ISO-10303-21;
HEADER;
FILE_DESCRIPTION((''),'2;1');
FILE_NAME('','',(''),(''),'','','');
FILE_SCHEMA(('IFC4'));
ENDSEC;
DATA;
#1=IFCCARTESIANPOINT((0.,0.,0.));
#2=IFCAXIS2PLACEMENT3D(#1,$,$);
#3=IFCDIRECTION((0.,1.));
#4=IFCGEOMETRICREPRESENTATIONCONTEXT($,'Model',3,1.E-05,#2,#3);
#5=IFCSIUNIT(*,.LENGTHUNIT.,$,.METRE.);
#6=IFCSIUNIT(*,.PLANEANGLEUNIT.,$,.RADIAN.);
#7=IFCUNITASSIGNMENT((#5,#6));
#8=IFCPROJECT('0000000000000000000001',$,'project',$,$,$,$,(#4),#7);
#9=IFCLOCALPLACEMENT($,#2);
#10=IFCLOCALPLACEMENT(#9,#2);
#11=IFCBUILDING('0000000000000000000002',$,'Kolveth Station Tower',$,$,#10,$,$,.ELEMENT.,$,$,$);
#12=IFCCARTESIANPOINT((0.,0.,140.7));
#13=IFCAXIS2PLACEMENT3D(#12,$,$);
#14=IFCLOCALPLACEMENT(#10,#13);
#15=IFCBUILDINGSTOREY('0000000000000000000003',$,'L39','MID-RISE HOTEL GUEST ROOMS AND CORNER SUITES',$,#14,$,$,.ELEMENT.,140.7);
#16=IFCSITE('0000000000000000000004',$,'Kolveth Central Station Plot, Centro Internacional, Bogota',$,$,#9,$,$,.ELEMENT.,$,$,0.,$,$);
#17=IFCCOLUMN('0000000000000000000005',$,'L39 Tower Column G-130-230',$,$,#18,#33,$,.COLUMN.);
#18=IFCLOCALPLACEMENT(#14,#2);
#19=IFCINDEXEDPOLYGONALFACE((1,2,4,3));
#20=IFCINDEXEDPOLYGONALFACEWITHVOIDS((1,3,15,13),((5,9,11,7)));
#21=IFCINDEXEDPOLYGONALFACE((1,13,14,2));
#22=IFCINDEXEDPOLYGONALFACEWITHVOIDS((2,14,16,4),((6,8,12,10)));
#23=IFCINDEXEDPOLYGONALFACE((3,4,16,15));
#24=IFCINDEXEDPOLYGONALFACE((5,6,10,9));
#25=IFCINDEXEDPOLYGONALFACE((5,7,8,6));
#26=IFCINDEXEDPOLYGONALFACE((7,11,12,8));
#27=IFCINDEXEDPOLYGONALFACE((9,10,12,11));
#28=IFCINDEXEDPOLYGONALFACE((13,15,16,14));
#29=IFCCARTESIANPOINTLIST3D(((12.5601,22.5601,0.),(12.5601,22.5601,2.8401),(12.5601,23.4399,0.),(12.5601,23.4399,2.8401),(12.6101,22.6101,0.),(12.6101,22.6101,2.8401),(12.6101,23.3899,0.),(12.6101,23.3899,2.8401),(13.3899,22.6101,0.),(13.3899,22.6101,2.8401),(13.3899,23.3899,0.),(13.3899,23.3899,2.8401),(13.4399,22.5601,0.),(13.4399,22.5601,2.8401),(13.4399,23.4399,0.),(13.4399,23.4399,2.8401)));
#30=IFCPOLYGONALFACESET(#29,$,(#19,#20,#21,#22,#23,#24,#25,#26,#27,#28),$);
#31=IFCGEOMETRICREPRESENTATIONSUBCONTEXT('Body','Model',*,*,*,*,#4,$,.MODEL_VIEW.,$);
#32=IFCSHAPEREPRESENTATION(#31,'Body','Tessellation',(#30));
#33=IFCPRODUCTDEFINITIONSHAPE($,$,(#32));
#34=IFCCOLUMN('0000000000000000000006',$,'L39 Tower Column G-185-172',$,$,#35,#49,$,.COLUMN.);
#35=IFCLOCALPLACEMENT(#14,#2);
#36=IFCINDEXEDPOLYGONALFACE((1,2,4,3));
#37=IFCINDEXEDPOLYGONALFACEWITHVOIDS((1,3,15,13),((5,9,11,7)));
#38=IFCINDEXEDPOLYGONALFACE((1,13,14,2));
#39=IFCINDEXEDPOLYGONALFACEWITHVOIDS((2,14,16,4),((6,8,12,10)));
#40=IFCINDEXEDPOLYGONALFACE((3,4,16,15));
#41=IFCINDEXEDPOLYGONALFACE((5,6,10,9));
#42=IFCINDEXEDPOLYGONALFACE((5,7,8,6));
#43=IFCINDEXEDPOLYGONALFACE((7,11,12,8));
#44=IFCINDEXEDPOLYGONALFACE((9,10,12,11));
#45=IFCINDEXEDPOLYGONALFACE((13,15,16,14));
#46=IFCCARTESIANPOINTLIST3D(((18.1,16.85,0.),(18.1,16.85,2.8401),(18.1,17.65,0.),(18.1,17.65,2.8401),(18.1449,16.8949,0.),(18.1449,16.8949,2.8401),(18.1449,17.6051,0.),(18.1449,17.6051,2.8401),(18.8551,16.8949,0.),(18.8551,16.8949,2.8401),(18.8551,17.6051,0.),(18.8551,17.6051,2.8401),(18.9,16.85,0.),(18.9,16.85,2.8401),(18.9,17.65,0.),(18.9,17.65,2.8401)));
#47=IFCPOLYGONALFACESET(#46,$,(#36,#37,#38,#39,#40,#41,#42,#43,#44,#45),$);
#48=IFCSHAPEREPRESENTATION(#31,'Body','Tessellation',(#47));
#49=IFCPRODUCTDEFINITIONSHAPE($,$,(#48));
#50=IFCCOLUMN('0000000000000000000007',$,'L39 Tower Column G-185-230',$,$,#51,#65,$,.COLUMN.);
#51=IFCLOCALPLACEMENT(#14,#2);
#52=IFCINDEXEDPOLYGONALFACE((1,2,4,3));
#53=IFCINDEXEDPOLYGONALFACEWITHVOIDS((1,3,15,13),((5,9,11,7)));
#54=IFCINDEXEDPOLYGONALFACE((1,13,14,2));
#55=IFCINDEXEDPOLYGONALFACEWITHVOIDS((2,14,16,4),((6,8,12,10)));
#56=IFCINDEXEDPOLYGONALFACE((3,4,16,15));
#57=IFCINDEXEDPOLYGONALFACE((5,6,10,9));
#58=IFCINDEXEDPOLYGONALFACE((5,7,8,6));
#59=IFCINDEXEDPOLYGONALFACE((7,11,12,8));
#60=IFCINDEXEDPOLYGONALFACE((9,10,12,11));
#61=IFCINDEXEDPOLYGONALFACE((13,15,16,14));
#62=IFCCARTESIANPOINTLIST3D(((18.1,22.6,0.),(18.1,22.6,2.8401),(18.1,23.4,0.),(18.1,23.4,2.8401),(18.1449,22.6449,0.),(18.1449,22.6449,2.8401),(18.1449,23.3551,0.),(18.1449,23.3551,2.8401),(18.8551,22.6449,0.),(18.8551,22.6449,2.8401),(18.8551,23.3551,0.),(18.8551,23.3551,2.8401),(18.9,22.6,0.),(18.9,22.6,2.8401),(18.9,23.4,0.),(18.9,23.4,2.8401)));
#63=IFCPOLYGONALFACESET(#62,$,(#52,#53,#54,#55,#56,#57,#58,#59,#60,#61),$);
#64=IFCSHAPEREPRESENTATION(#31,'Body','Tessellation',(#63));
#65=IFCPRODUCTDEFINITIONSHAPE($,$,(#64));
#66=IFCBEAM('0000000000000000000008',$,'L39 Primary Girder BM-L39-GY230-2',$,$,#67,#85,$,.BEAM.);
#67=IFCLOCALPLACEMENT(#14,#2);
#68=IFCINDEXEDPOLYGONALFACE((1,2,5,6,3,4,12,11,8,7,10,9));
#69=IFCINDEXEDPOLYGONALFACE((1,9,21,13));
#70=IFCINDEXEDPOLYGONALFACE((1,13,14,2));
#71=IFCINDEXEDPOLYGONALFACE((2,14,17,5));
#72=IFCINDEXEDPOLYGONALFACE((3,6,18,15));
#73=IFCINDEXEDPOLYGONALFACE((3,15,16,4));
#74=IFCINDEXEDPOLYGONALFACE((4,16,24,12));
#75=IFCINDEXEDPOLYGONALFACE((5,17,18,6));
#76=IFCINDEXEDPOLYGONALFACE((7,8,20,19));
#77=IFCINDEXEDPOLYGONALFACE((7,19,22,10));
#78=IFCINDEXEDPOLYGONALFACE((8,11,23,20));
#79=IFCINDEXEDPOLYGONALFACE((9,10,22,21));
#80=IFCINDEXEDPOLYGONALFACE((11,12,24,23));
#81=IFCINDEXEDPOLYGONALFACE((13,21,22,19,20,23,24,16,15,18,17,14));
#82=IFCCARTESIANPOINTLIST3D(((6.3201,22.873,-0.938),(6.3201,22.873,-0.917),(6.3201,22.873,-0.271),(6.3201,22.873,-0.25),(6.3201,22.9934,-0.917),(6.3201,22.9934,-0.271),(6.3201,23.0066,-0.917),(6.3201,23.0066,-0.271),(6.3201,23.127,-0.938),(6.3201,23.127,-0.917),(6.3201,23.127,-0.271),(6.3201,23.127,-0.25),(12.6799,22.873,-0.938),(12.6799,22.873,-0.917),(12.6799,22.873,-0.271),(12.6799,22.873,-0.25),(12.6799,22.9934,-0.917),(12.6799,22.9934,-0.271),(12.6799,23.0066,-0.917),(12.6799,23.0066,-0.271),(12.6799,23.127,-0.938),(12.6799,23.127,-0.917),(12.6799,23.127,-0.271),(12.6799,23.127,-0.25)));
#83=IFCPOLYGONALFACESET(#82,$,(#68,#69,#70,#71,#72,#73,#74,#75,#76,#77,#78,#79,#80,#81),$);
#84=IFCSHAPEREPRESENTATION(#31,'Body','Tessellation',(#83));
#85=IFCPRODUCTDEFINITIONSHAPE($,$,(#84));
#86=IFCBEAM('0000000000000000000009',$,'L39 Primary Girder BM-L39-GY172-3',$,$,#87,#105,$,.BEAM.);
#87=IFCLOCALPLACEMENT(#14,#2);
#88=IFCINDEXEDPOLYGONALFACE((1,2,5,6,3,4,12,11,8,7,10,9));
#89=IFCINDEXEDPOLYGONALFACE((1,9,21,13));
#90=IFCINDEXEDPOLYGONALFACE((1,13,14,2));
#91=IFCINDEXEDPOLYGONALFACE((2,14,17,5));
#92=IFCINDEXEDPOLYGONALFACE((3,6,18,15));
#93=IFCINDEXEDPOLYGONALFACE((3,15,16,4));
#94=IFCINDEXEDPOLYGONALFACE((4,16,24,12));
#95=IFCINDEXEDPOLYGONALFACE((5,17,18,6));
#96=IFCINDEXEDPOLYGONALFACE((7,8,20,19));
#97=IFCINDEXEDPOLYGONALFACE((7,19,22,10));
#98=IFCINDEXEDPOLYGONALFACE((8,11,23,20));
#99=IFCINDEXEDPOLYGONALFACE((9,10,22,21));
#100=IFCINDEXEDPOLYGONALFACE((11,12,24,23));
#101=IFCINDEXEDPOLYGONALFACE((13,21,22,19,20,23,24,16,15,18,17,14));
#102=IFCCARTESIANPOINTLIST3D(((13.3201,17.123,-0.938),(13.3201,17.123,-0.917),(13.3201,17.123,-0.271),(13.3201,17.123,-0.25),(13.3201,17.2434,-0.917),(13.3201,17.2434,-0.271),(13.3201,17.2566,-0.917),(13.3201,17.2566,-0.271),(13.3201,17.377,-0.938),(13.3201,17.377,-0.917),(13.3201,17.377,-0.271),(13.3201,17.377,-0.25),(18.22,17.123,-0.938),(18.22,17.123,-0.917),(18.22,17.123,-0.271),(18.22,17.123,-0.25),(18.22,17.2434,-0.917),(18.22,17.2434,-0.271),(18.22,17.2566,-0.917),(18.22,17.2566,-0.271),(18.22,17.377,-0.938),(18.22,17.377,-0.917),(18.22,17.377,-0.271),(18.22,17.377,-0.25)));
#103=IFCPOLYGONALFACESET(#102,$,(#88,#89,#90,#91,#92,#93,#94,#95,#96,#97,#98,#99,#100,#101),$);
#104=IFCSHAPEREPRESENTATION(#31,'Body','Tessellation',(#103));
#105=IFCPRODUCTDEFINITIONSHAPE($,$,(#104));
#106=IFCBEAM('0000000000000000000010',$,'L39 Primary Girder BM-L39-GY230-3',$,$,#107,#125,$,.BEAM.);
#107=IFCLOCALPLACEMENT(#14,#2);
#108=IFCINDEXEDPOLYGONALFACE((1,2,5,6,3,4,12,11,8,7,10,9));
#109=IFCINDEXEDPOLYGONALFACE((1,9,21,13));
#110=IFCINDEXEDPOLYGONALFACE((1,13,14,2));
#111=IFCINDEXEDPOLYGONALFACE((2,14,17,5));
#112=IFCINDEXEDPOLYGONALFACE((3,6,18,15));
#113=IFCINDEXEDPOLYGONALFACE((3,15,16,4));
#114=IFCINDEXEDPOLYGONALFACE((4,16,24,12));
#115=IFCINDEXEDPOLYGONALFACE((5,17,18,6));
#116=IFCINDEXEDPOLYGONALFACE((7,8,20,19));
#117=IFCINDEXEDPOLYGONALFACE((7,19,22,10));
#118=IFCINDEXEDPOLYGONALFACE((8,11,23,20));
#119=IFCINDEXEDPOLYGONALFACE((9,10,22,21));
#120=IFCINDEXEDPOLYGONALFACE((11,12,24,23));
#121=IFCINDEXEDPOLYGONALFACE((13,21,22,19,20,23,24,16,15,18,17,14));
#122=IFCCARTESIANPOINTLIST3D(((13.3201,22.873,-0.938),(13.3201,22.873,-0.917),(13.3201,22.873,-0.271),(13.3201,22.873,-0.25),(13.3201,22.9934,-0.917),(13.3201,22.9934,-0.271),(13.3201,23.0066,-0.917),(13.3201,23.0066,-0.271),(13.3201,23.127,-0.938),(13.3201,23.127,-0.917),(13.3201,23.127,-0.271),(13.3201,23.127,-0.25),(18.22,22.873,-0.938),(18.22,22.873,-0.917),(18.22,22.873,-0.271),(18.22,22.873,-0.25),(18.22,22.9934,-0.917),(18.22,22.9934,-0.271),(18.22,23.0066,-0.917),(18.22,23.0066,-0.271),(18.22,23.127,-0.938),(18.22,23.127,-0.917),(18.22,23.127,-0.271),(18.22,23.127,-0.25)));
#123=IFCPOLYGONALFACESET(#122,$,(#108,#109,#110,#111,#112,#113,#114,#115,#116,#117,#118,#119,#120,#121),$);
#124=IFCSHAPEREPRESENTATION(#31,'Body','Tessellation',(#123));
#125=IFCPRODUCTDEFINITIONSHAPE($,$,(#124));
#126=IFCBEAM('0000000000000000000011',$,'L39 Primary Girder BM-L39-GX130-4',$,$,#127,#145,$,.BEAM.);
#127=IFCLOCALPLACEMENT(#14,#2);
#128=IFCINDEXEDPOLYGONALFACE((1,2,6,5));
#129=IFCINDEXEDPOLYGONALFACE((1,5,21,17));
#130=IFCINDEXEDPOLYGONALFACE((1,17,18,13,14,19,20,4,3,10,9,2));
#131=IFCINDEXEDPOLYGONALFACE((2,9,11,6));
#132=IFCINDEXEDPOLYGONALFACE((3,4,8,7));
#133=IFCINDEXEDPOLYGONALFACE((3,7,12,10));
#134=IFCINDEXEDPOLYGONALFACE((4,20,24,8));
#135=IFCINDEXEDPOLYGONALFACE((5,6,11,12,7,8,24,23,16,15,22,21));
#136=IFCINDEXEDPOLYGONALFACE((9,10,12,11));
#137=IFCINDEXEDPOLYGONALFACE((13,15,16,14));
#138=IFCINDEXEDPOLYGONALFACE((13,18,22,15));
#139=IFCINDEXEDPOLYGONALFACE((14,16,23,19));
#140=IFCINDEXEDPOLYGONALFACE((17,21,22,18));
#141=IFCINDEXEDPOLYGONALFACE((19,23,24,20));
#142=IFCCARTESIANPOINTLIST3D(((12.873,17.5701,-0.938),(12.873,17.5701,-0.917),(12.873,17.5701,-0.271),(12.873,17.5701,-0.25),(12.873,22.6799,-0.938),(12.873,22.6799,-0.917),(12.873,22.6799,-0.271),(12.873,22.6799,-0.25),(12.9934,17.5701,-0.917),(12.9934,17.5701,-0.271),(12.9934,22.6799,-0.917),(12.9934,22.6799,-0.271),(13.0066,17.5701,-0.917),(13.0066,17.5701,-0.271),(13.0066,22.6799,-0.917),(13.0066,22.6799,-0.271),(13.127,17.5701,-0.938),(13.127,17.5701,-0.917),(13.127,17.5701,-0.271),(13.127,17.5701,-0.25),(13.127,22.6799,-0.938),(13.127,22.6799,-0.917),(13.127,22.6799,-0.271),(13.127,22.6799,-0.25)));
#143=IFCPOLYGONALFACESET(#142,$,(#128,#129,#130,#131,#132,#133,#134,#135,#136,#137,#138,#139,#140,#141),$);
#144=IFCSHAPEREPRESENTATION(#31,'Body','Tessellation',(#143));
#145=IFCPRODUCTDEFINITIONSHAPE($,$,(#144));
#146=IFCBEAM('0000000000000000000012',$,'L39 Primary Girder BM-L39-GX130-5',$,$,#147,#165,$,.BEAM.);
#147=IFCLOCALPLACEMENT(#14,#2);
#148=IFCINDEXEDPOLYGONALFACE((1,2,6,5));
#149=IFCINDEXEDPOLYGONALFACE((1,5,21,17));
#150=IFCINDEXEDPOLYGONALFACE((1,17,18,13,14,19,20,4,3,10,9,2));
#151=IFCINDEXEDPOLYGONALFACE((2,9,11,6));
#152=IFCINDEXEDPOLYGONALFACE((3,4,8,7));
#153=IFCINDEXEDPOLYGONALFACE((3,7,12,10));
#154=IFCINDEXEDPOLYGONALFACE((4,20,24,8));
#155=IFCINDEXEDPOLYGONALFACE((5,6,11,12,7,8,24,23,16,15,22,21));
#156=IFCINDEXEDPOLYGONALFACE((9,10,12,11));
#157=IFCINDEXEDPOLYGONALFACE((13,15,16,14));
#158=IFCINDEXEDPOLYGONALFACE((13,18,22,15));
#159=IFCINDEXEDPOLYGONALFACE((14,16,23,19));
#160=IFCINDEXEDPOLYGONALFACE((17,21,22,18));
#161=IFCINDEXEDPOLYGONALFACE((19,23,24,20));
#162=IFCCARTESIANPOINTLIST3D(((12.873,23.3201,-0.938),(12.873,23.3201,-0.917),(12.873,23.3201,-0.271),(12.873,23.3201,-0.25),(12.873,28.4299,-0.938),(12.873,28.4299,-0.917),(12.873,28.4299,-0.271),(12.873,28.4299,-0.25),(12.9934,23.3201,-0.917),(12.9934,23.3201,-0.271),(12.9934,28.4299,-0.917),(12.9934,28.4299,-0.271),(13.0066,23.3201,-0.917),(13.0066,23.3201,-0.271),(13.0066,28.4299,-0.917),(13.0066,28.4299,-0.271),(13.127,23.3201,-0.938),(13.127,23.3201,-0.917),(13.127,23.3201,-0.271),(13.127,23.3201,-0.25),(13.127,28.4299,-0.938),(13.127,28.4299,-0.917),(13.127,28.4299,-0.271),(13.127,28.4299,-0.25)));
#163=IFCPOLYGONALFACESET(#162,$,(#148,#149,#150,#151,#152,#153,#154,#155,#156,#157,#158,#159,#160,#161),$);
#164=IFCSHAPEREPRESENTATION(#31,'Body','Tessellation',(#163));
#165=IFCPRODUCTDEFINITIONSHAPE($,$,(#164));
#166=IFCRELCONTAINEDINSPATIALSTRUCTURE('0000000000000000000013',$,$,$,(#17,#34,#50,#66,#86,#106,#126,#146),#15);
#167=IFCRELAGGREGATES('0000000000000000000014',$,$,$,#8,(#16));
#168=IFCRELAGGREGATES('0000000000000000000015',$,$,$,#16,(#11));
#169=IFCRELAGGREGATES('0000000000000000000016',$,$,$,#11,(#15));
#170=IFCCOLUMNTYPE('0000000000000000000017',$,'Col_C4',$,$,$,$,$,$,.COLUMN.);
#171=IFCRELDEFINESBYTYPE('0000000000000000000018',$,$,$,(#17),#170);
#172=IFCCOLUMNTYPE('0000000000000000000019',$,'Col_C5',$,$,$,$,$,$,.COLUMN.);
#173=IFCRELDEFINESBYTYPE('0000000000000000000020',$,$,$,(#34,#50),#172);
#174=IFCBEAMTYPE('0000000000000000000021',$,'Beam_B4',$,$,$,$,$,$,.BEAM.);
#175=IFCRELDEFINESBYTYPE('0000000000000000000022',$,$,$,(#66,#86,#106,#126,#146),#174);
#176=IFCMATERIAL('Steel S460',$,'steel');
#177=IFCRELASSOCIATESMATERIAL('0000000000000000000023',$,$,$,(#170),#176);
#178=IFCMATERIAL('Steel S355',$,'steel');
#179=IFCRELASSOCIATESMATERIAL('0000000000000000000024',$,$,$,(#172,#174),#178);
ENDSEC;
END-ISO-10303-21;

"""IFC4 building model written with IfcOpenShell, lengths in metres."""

from ifc_helpers import new_model, si_unit, direction, frame, origin, origin_2d, place, context, subcontext, project, spatial, hollow_rectangle, i_section, extrude, source, transform, mapped, material, material_profile, profile_set, type_object, element, save


model = new_model("IFC4")

# Units and contexts
model_context = context("Model", 3, precision=1e-05, world=origin(), true_north=direction((0.0, 1.0)))
body_context = subcontext(model_context, "Body", "Model", "MODEL_VIEW")
ifc_project = project(units=[si_unit("LENGTHUNIT", "METRE"), si_unit("PLANEANGLEUNIT", "RADIAN")], contexts=[model_context])

# Site, building, storey
site_placement = place(None, origin())
site = spatial("IfcSite", under=ifc_project, at=site_placement, Name="Kolveth Central Station Plot, Centro Internacional, Bogota", CompositionType="ELEMENT", RefElevation=0.0)
building_placement = place(site_placement, origin())
building = spatial("IfcBuilding", under=site, at=building_placement, Name="Kolveth Station Tower", CompositionType="ELEMENT")
storey_placement = place(building_placement, frame((0.0, 0.0, 140.7)))
storey = spatial("IfcBuildingStorey", under=building, at=storey_placement, Name="L39", Description="MID-RISE HOTEL GUEST ROOMS AND CORNER SUITES", CompositionType="ELEMENT", Elevation=140.7)

# Columns
ifc_material_1 = material(Name="Steel S460", Category="steel")
ifc_material_profile_1 = material_profile(ifc_material_1, hollow_rectangle(XDim=0.8799, YDim=0.8799, WallThickness=0.05, at=origin_2d()), Name="BOX880x880x50")
ifc_profile_set_1 = profile_set([ifc_material_profile_1], Name="Steel S460")
column_type_1 = type_object("IfcColumnType", Name="Col_C4", PredefinedType="COLUMN", material=ifc_profile_set_1)
shared_shape_1 = source(origin(), body_context, "Body", "SweptSolid", [
    extrude(hollow_rectangle(XDim=0.8799, YDim=0.8799, WallThickness=0.05, at=origin_2d()), origin(), (0.0, 0.0, 1.0), 2.8401),
])
column_placement = place(storey_placement, frame((13.0, 23.0, 0.0), z_axis=(0.0, 0.0, 1.0), x_axis=(1.0, 0.0, 0.0)))
element("IfcColumn", 1, at=column_placement, inside=storey, type_object=column_type_1, Name="L39 Tower Column G-130-230", PredefinedType="COLUMN", context=body_context, shape_type="MappedRepresentation", body=[
    mapped(shared_shape_1, transform((0.0, 0.0, 0.0), x_axis=(1.0, 0.0, 0.0), y_axis=(0.0, 1.0, 0.0), z_axis=(0.0, 0.0, 1.0), scale=1.0)),
])
ifc_material_2 = material(Name="Steel S355", Category="steel")
ifc_material_profile_2 = material_profile(ifc_material_2, hollow_rectangle(XDim=0.8, YDim=0.8, WallThickness=0.0449, at=origin_2d()), Name="BOX800x800x45")
ifc_profile_set_2 = profile_set([ifc_material_profile_2], Name="Steel S355")
column_type_2 = type_object("IfcColumnType", Name="Col_C5", PredefinedType="COLUMN", material=ifc_profile_set_2)
shared_shape_2 = source(origin(), body_context, "Body", "SweptSolid", [
    extrude(hollow_rectangle(XDim=0.8, YDim=0.8, WallThickness=0.0449, at=origin_2d()), origin(), (0.0, 0.0, 1.0), 2.8401),
])
for number, where, z_axis, x_axis, name in (
    (2, (18.5, 17.25, 0.0), (0.0, 0.0, 1.0), (1.0, 0.0, 0.0), "L39 Tower Column G-185-172"),
    (3, (18.5, 23.0, 0.0), (0.0, 0.0, 1.0), (1.0, 0.0, 0.0), "L39 Tower Column G-185-230"),
):
    element("IfcColumn", number, at=place(storey_placement, frame(where, z_axis=z_axis, x_axis=x_axis)), inside=storey, type_object=column_type_2, Name=name, PredefinedType="COLUMN", context=body_context, shape_type="MappedRepresentation", body=[
        mapped(shared_shape_2, transform((0.0, 0.0, 0.0), x_axis=(1.0, 0.0, 0.0), y_axis=(0.0, 1.0, 0.0), z_axis=(0.0, 0.0, 1.0), scale=1.0)),
    ])

# Beams
ifc_material_profile_3 = material_profile(ifc_material_2, i_section(OverallWidth=0.2539, OverallDepth=0.688, WebThickness=0.0132, FlangeThickness=0.021, at=origin_2d()), Name="W690x152")
ifc_profile_set_3 = profile_set([ifc_material_profile_3], Name="Steel S355")
beam_type_1 = type_object("IfcBeamType", Name="Beam_B4", PredefinedType="BEAM", material=ifc_profile_set_3)
shared_shape_3 = source(origin(), body_context, "Body", "SweptSolid", [
    extrude(i_section(OverallWidth=0.2539, OverallDepth=0.688, WebThickness=0.0132, FlangeThickness=0.021, at=origin_2d()), origin(), (0.0, 0.0, 1.0), 6.3599),
])
beam_1_placement = place(storey_placement, frame((6.3201, 23.0, -0.594), z_axis=(1.0, 0.0, 0.0), x_axis=(0.0, 1.0, 0.0)))
element("IfcBeam", 4, at=beam_1_placement, inside=storey, type_object=beam_type_1, Name="L39 Primary Girder BM-L39-GY230-2", PredefinedType="BEAM", context=body_context, shape_type="MappedRepresentation", body=[
    mapped(shared_shape_3, transform((0.0, 0.0, 0.0), x_axis=(1.0, 0.0, 0.0), y_axis=(0.0, 1.0, 0.0), z_axis=(0.0, 0.0, 1.0), scale=1.0)),
])
shared_shape_4 = source(origin(), body_context, "Body", "SweptSolid", [
    extrude(i_section(OverallWidth=0.2539, OverallDepth=0.688, WebThickness=0.0132, FlangeThickness=0.021, at=origin_2d()), origin(), (0.0, 0.0, 1.0), 4.8999),
])
for number, where, z_axis, x_axis, name in (
    (5, (13.3201, 17.25, -0.594), (1.0, 0.0, 0.0), (0.0, 1.0, 0.0), "L39 Primary Girder BM-L39-GY172-3"),
    (6, (13.3201, 23.0, -0.594), (1.0, 0.0, 0.0), (0.0, 1.0, 0.0), "L39 Primary Girder BM-L39-GY230-3"),
):
    element("IfcBeam", number, at=place(storey_placement, frame(where, z_axis=z_axis, x_axis=x_axis)), inside=storey, type_object=beam_type_1, Name=name, PredefinedType="BEAM", context=body_context, shape_type="MappedRepresentation", body=[
        mapped(shared_shape_4, transform((0.0, 0.0, 0.0), x_axis=(1.0, 0.0, 0.0), y_axis=(0.0, 1.0, 0.0), z_axis=(0.0, 0.0, 1.0), scale=1.0)),
    ])
shared_shape_5 = source(origin(), body_context, "Body", "SweptSolid", [
    extrude(i_section(OverallWidth=0.2539, OverallDepth=0.688, WebThickness=0.0132, FlangeThickness=0.021, at=origin_2d()), origin(), (0.0, 0.0, 1.0), 5.1099),
])
for number, where, z_axis, x_axis, name in (
    (7, (13.0, 17.5701, -0.594), (0.0, 1.0, 0.0), (-1.0, 0.0, 0.0), "L39 Primary Girder BM-L39-GX130-4"),
    (8, (13.0, 23.3201, -0.594), (0.0, 1.0, 0.0), (-1.0, 0.0, 0.0), "L39 Primary Girder BM-L39-GX130-5"),
):
    element("IfcBeam", number, at=place(storey_placement, frame(where, z_axis=z_axis, x_axis=x_axis)), inside=storey, type_object=beam_type_1, Name=name, PredefinedType="BEAM", context=body_context, shape_type="MappedRepresentation", body=[
        mapped(shared_shape_5, transform((0.0, 0.0, 0.0), x_axis=(1.0, 0.0, 0.0), y_axis=(0.0, 1.0, 0.0), z_axis=(0.0, 0.0, 1.0), scale=1.0)),
    ])

save(model, "model.ifc")
